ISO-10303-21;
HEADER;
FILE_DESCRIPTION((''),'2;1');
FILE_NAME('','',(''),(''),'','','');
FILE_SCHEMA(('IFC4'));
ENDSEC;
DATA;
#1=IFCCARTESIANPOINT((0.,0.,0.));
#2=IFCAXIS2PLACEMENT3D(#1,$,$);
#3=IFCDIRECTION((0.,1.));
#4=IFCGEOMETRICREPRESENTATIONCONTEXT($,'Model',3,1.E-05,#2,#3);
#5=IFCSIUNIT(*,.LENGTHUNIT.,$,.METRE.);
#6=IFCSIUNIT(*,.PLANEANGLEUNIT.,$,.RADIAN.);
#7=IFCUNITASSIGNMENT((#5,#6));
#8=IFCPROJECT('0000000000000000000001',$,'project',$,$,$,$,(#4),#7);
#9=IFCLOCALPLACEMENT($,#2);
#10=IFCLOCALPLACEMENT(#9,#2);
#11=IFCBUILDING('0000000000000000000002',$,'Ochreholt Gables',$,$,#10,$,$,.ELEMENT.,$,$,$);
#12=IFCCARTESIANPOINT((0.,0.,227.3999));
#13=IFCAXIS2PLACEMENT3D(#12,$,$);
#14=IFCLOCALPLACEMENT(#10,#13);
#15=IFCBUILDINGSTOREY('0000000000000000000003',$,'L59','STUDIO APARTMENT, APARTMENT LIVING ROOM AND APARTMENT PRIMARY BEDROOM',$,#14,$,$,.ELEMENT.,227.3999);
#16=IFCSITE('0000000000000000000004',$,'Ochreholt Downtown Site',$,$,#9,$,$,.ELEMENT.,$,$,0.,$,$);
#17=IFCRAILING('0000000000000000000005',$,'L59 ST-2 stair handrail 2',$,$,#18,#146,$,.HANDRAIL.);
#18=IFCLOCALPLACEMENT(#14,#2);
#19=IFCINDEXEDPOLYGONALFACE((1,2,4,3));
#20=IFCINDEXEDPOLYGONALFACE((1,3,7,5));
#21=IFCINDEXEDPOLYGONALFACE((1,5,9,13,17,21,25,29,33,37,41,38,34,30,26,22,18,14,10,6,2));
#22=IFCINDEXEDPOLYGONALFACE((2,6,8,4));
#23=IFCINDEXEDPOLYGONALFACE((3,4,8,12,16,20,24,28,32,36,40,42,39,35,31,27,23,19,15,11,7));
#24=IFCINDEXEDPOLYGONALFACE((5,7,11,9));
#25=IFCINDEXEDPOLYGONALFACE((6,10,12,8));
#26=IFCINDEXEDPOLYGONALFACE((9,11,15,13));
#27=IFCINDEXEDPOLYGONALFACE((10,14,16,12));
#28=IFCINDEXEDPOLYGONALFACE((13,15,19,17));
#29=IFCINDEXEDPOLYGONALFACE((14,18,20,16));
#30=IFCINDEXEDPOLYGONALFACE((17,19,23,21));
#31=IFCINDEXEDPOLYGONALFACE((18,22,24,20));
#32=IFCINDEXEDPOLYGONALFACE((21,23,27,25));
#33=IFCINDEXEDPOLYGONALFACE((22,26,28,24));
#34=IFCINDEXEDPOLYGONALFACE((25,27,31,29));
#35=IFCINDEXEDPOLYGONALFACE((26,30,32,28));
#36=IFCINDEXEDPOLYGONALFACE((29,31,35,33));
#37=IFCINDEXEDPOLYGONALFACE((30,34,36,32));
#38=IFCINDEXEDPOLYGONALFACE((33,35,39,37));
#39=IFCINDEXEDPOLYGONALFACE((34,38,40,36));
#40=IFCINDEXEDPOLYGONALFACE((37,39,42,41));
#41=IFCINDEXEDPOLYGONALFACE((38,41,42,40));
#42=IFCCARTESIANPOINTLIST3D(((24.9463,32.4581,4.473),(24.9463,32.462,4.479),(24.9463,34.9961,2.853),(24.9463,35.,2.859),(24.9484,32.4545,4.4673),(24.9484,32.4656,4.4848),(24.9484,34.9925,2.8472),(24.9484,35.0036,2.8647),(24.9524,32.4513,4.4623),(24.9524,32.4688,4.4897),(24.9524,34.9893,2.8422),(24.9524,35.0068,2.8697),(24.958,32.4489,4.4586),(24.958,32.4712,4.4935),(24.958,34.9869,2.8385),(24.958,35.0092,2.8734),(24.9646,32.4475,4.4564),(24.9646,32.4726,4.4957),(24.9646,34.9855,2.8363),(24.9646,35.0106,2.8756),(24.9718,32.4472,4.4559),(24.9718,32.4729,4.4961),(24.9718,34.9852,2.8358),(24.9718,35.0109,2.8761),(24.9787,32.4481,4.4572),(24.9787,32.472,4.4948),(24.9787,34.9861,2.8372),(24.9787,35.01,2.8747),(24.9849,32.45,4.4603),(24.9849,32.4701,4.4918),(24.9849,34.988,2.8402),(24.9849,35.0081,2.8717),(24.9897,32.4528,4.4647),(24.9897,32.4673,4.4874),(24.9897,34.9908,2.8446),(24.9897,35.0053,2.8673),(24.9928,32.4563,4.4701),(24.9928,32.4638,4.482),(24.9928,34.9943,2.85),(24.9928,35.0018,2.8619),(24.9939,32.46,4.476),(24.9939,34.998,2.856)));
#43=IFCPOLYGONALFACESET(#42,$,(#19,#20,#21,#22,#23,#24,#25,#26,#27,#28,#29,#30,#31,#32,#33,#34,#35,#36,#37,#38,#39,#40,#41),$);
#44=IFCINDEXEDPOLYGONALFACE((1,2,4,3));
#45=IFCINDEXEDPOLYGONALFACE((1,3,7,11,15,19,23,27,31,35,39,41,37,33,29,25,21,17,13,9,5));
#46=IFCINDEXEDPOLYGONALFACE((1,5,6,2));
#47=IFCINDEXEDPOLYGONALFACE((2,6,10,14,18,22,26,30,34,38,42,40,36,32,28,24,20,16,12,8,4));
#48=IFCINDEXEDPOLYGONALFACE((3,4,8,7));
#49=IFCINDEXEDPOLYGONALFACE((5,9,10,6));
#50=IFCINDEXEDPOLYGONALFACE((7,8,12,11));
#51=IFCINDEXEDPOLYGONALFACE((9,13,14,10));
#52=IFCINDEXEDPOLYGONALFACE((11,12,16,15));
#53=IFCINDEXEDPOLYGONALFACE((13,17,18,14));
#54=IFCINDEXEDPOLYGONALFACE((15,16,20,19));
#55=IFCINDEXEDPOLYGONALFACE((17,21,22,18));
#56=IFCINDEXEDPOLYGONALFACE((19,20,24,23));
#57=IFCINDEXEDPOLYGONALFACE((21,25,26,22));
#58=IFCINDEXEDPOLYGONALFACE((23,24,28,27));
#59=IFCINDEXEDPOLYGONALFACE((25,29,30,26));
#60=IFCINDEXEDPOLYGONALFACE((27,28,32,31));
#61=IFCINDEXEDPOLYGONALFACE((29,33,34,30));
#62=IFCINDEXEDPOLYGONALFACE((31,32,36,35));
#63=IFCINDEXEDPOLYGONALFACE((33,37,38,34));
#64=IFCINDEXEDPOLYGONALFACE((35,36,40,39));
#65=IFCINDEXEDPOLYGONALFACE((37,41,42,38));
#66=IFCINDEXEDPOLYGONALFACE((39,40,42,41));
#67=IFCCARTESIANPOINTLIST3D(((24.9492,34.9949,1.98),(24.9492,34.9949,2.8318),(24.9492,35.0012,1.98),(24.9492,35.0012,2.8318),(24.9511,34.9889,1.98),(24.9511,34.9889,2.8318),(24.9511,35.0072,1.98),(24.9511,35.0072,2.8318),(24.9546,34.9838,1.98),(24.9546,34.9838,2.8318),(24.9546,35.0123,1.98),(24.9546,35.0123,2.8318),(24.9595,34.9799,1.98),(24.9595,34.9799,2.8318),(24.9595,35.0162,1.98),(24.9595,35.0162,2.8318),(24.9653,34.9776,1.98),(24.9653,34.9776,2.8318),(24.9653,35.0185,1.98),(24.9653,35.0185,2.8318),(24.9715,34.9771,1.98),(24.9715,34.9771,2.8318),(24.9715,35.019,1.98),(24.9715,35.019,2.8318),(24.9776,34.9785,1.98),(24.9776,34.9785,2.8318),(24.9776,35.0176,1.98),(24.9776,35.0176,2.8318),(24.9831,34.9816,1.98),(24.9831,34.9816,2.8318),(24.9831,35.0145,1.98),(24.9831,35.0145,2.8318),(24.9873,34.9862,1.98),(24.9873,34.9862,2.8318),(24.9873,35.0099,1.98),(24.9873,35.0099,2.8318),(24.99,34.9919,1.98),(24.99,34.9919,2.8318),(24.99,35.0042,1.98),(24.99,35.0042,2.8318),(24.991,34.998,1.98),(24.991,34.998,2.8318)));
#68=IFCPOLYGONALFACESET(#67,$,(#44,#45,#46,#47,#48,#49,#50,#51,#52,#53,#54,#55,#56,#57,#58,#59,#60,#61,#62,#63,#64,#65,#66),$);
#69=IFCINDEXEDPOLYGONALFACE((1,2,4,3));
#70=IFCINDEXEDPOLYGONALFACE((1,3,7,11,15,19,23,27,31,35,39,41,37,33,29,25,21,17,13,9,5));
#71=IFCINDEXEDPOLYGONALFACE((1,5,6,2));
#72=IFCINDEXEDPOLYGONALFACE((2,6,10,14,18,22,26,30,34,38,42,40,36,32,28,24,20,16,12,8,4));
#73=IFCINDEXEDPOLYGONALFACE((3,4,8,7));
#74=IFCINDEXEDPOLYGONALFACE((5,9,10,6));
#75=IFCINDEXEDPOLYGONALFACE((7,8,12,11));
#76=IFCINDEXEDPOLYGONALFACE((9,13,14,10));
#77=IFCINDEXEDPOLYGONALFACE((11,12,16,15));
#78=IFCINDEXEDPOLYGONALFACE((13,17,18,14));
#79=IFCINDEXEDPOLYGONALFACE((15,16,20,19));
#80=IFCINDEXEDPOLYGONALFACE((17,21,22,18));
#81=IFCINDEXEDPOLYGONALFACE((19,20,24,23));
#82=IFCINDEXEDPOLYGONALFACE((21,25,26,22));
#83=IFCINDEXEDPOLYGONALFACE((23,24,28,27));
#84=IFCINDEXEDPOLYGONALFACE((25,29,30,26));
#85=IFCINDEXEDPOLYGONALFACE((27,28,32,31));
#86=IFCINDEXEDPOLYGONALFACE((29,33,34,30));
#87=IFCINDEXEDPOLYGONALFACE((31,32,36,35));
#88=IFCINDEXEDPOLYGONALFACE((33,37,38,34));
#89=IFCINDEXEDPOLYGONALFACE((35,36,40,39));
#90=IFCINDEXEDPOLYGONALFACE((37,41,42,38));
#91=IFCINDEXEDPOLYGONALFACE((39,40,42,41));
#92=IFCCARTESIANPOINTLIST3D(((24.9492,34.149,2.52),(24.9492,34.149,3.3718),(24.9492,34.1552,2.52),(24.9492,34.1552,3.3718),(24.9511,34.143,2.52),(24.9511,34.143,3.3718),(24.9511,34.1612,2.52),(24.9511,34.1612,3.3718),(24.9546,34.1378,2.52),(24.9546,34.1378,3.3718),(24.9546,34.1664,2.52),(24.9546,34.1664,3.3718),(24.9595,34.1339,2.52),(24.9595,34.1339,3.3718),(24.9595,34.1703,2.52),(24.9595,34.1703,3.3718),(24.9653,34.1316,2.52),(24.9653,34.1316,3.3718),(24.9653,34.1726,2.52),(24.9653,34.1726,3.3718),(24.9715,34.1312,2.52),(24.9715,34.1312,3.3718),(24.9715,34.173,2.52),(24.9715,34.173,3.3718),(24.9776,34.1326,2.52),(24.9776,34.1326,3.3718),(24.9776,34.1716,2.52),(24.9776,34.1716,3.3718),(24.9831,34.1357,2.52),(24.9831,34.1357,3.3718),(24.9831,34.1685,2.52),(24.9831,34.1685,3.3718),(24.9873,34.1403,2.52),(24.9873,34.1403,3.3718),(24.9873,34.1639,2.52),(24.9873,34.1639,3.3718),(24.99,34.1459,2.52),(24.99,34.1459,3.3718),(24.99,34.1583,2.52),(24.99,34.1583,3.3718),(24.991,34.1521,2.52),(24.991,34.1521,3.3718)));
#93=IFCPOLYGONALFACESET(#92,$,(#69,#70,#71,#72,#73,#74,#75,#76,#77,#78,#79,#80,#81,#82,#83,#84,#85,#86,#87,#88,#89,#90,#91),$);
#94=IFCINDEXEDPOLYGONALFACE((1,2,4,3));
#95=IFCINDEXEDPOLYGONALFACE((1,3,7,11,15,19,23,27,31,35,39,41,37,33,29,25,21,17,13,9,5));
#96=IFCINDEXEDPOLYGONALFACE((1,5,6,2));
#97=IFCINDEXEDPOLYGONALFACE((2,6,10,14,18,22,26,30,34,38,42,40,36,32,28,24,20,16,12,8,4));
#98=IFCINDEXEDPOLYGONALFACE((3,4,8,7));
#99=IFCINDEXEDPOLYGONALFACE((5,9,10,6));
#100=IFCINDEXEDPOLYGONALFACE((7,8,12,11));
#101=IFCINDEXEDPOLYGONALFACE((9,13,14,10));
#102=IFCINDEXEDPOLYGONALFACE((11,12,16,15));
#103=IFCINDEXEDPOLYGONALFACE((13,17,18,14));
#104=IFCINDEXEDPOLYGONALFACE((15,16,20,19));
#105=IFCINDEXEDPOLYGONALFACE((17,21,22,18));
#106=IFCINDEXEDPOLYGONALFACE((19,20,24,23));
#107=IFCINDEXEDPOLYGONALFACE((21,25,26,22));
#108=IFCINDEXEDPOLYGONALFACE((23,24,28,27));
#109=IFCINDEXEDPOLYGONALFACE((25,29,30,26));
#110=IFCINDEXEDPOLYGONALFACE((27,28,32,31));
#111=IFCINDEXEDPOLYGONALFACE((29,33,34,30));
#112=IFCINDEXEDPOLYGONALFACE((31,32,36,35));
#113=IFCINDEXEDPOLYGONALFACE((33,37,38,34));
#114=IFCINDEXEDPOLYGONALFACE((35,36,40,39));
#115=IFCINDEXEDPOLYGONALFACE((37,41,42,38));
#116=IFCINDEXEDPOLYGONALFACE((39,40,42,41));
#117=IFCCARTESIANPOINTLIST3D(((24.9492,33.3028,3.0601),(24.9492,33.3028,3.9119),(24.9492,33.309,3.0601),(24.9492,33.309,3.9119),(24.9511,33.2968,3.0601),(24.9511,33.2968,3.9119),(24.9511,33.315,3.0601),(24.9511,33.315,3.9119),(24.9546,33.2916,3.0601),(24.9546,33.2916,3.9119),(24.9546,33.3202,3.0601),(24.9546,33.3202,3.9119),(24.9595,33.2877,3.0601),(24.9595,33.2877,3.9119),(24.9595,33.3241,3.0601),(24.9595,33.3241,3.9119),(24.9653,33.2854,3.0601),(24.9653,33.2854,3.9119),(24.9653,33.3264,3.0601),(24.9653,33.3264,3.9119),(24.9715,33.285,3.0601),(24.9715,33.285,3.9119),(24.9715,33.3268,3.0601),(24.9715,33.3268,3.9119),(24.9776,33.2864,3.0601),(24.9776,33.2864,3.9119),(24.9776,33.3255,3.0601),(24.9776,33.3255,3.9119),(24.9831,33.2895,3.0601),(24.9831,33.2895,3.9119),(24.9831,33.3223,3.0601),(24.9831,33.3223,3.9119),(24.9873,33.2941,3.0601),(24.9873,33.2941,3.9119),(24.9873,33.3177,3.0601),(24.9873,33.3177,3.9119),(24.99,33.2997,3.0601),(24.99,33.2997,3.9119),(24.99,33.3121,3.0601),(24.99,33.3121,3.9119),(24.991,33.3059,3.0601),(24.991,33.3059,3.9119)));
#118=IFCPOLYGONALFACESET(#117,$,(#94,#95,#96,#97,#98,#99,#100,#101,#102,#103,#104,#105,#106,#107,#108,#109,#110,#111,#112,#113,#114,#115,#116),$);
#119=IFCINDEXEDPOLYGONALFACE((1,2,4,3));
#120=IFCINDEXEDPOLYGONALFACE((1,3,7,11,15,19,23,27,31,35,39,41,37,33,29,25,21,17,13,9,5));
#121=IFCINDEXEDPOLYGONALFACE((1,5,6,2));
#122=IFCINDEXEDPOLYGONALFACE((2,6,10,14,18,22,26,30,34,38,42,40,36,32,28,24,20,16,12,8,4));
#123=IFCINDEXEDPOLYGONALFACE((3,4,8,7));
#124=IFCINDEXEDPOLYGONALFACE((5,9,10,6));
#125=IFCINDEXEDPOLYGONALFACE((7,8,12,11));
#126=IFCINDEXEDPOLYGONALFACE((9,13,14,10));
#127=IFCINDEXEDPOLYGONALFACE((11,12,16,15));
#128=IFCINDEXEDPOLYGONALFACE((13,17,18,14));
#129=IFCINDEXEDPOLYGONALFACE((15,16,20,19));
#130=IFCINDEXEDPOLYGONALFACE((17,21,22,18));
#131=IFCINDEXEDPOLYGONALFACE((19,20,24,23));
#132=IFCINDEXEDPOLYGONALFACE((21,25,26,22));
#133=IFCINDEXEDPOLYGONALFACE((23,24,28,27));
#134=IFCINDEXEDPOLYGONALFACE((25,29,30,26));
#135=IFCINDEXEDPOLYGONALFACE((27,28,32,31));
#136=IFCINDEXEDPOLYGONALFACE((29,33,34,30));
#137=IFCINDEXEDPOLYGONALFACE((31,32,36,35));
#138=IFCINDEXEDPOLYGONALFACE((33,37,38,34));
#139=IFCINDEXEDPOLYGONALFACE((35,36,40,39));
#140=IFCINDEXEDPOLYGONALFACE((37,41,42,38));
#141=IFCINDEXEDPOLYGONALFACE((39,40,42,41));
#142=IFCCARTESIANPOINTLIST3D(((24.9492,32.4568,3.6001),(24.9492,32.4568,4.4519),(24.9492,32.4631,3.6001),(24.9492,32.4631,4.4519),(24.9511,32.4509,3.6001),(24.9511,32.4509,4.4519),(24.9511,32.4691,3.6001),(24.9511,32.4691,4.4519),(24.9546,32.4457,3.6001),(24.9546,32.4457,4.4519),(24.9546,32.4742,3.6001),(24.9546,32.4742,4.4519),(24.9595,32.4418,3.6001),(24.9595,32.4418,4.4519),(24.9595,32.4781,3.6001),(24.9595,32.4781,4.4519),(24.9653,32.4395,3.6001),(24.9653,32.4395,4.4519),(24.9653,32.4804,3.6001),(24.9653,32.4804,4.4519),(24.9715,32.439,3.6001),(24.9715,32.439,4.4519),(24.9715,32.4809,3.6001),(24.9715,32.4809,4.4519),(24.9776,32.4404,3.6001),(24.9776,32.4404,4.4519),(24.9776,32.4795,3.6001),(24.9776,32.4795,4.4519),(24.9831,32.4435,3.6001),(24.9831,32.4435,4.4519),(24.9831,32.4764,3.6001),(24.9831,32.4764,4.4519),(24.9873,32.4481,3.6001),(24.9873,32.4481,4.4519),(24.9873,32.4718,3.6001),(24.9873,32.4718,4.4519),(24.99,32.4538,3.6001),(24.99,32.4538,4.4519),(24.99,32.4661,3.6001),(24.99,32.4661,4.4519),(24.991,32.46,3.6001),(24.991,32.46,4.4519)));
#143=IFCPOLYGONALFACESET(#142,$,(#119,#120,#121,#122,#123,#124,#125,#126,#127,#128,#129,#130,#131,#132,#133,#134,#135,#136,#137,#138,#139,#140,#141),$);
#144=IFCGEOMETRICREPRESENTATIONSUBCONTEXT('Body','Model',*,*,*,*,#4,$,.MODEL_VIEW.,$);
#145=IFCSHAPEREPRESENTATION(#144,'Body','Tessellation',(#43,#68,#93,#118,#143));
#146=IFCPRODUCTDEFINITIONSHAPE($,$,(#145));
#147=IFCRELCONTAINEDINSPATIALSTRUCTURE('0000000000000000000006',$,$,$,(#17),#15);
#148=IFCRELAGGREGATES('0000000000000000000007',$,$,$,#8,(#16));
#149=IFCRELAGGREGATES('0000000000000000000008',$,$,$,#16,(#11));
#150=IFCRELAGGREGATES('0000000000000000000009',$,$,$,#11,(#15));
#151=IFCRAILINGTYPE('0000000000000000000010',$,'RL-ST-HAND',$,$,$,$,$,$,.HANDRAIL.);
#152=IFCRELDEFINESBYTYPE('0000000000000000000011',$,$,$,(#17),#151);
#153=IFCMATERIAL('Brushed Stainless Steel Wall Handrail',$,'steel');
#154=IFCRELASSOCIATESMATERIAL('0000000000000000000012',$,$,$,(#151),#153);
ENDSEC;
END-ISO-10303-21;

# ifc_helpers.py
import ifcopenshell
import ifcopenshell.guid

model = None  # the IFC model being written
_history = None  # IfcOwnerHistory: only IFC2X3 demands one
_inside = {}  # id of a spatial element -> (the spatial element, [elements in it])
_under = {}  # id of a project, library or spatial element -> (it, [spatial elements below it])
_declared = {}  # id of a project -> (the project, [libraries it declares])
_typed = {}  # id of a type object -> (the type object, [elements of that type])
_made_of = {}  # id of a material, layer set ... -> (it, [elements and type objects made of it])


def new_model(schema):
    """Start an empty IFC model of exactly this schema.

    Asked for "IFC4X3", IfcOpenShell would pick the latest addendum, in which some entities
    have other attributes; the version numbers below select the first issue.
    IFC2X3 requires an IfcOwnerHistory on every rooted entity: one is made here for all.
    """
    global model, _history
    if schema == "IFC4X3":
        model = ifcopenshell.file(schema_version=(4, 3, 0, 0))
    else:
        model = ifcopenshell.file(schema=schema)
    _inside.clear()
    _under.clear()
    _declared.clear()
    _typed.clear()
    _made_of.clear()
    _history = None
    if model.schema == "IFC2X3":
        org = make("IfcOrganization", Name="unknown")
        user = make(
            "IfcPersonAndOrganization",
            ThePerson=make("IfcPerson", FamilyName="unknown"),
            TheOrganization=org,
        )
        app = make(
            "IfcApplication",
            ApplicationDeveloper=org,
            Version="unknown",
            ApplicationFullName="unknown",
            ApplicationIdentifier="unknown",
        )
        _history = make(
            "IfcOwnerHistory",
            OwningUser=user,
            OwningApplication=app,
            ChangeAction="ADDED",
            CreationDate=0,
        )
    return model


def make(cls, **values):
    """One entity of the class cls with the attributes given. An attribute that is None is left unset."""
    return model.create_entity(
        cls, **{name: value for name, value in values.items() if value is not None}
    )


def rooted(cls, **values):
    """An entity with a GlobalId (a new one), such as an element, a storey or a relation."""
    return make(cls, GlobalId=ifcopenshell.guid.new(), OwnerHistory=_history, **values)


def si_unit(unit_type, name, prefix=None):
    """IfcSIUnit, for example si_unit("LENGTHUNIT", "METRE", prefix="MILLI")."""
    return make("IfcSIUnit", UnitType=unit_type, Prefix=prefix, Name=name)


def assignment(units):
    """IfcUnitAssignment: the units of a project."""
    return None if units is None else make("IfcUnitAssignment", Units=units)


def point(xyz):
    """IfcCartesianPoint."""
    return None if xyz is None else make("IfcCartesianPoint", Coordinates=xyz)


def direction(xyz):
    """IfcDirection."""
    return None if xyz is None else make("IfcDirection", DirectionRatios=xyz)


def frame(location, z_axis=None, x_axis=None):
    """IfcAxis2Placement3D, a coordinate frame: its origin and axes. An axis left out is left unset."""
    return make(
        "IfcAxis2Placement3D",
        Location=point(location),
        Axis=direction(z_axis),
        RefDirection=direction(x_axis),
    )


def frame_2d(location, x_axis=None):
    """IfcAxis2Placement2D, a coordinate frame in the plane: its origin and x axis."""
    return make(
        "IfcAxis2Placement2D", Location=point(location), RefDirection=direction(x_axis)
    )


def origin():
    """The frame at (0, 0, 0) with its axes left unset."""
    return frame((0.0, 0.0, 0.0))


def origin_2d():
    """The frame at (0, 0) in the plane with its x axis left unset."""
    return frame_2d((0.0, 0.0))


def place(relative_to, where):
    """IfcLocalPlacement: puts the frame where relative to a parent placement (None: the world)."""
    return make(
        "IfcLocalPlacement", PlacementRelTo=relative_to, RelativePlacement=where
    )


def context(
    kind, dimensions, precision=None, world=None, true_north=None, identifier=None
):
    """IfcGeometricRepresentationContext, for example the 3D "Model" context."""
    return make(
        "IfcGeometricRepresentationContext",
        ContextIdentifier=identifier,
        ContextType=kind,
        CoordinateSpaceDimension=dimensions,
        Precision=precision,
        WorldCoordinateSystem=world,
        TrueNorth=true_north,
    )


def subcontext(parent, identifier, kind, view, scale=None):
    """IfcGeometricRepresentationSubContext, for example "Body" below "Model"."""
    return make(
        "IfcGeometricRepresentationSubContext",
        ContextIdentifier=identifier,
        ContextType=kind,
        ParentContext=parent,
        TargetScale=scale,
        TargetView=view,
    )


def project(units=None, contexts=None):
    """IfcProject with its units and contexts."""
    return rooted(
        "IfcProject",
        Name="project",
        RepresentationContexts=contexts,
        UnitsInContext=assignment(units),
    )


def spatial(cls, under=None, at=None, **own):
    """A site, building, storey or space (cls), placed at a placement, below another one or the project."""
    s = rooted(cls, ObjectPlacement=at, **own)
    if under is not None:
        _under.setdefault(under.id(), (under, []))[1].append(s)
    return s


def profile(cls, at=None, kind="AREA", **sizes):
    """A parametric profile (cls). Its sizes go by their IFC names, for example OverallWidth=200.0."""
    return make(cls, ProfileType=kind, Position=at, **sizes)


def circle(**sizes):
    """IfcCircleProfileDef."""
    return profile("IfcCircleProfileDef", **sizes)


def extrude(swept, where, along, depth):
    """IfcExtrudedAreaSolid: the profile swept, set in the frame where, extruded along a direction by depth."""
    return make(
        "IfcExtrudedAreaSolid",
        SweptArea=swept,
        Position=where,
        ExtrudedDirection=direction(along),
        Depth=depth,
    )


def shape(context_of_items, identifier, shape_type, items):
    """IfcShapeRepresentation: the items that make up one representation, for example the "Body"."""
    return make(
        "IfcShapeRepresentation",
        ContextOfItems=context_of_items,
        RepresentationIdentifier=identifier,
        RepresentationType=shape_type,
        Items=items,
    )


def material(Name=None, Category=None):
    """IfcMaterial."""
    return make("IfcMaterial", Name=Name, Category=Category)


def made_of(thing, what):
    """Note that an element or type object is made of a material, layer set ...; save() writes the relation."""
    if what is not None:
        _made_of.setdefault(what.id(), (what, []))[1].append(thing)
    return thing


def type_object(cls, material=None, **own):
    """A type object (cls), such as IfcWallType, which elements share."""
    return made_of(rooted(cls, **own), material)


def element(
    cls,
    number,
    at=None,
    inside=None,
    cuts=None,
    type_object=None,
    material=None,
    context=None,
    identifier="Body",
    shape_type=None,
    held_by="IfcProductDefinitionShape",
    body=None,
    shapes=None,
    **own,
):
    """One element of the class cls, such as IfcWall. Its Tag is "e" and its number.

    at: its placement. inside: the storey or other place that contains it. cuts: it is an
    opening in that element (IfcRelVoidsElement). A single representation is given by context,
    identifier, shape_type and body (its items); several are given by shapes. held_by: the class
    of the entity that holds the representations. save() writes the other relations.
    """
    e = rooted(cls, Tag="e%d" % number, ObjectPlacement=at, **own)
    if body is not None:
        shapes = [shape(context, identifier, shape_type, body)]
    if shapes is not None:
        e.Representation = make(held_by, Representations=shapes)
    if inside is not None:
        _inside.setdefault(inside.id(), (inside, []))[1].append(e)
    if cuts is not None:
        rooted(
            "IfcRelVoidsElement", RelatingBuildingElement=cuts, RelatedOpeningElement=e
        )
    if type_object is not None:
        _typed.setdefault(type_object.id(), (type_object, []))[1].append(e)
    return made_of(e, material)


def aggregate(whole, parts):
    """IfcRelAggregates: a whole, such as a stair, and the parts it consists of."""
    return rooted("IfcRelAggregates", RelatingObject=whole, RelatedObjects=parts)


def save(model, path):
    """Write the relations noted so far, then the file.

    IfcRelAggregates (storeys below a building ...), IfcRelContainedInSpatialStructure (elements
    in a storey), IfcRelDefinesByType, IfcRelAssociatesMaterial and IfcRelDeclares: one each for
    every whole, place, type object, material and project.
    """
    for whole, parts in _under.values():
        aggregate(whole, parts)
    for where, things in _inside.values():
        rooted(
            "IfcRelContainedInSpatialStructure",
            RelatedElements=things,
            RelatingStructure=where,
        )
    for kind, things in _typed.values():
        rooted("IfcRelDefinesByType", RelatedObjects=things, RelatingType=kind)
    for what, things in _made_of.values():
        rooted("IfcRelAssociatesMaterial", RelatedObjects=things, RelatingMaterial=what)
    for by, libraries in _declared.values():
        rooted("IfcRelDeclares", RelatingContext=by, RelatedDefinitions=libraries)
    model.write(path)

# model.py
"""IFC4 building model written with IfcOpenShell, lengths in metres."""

from ifc_helpers import new_model, si_unit, direction, frame, origin, origin_2d, place, context, subcontext, project, spatial, circle, extrude, material, type_object, element, save


model = new_model("IFC4")

# Units and contexts
model_context = context("Model", 3, precision=1e-05, world=origin(), true_north=direction((0.0, 1.0)))
body_context = subcontext(model_context, "Body", "Model", "MODEL_VIEW")
ifc_project = project(units=[si_unit("LENGTHUNIT", "METRE"), si_unit("PLANEANGLEUNIT", "RADIAN")], contexts=[model_context])

# Site, building, storey
site_placement = place(None, origin())
site = spatial("IfcSite", under=ifc_project, at=site_placement, Name="Ochreholt Downtown Site", CompositionType="ELEMENT", RefElevation=0.0)
building_placement = place(site_placement, origin())
building = spatial("IfcBuilding", under=site, at=building_placement, Name="Ochreholt Gables", CompositionType="ELEMENT")
storey_placement = place(building_placement, frame((0.0, 0.0, 227.3999)))
storey = spatial("IfcBuildingStorey", under=building, at=storey_placement, Name="L59", Description="STUDIO APARTMENT, APARTMENT LIVING ROOM AND APARTMENT PRIMARY BEDROOM", CompositionType="ELEMENT", Elevation=227.3999)

# Railing
ifc_material_1 = material(Name="Brushed Stainless Steel Wall Handrail", Category="steel")
railing_type_1 = type_object("IfcRailingType", Name="RL-ST-HAND", PredefinedType="HANDRAIL", material=ifc_material_1)
railing_1_placement = place(storey_placement, frame((24.97, 34.998, 1.98)))
element("IfcRailing", 1, at=railing_1_placement, inside=storey, type_object=railing_type_1, Name="L59 ST-2 stair handrail 2", PredefinedType="HANDRAIL", context=body_context, shape_type="SweptSolid", body=[
    extrude(circle(Radius=0.0239, at=origin_2d()), frame((0.0, 0.0, 0.876), z_axis=(0.0, -0.842913, 0.53805), x_axis=(1.0, 0.0, 0.0)), (0.0, 0.0, 1.0), 3.011),
    extrude(circle(Radius=0.021, at=origin_2d()), origin(), (0.0, 0.0, 1.0), 0.8518),
    extrude(circle(Radius=0.021, at=origin_2d()), frame((0.0, -0.8459, 0.54)), (0.0, 0.0, 1.0), 0.8518),
    extrude(circle(Radius=0.021, at=origin_2d()), frame((0.0, -1.6921, 1.0801)), (0.0, 0.0, 1.0), 0.8518),
    extrude(circle(Radius=0.021, at=origin_2d()), frame((0.0, -2.5381, 1.6201)), (0.0, 0.0, 1.0), 0.8518),
])

save(model, "model.ifc")
